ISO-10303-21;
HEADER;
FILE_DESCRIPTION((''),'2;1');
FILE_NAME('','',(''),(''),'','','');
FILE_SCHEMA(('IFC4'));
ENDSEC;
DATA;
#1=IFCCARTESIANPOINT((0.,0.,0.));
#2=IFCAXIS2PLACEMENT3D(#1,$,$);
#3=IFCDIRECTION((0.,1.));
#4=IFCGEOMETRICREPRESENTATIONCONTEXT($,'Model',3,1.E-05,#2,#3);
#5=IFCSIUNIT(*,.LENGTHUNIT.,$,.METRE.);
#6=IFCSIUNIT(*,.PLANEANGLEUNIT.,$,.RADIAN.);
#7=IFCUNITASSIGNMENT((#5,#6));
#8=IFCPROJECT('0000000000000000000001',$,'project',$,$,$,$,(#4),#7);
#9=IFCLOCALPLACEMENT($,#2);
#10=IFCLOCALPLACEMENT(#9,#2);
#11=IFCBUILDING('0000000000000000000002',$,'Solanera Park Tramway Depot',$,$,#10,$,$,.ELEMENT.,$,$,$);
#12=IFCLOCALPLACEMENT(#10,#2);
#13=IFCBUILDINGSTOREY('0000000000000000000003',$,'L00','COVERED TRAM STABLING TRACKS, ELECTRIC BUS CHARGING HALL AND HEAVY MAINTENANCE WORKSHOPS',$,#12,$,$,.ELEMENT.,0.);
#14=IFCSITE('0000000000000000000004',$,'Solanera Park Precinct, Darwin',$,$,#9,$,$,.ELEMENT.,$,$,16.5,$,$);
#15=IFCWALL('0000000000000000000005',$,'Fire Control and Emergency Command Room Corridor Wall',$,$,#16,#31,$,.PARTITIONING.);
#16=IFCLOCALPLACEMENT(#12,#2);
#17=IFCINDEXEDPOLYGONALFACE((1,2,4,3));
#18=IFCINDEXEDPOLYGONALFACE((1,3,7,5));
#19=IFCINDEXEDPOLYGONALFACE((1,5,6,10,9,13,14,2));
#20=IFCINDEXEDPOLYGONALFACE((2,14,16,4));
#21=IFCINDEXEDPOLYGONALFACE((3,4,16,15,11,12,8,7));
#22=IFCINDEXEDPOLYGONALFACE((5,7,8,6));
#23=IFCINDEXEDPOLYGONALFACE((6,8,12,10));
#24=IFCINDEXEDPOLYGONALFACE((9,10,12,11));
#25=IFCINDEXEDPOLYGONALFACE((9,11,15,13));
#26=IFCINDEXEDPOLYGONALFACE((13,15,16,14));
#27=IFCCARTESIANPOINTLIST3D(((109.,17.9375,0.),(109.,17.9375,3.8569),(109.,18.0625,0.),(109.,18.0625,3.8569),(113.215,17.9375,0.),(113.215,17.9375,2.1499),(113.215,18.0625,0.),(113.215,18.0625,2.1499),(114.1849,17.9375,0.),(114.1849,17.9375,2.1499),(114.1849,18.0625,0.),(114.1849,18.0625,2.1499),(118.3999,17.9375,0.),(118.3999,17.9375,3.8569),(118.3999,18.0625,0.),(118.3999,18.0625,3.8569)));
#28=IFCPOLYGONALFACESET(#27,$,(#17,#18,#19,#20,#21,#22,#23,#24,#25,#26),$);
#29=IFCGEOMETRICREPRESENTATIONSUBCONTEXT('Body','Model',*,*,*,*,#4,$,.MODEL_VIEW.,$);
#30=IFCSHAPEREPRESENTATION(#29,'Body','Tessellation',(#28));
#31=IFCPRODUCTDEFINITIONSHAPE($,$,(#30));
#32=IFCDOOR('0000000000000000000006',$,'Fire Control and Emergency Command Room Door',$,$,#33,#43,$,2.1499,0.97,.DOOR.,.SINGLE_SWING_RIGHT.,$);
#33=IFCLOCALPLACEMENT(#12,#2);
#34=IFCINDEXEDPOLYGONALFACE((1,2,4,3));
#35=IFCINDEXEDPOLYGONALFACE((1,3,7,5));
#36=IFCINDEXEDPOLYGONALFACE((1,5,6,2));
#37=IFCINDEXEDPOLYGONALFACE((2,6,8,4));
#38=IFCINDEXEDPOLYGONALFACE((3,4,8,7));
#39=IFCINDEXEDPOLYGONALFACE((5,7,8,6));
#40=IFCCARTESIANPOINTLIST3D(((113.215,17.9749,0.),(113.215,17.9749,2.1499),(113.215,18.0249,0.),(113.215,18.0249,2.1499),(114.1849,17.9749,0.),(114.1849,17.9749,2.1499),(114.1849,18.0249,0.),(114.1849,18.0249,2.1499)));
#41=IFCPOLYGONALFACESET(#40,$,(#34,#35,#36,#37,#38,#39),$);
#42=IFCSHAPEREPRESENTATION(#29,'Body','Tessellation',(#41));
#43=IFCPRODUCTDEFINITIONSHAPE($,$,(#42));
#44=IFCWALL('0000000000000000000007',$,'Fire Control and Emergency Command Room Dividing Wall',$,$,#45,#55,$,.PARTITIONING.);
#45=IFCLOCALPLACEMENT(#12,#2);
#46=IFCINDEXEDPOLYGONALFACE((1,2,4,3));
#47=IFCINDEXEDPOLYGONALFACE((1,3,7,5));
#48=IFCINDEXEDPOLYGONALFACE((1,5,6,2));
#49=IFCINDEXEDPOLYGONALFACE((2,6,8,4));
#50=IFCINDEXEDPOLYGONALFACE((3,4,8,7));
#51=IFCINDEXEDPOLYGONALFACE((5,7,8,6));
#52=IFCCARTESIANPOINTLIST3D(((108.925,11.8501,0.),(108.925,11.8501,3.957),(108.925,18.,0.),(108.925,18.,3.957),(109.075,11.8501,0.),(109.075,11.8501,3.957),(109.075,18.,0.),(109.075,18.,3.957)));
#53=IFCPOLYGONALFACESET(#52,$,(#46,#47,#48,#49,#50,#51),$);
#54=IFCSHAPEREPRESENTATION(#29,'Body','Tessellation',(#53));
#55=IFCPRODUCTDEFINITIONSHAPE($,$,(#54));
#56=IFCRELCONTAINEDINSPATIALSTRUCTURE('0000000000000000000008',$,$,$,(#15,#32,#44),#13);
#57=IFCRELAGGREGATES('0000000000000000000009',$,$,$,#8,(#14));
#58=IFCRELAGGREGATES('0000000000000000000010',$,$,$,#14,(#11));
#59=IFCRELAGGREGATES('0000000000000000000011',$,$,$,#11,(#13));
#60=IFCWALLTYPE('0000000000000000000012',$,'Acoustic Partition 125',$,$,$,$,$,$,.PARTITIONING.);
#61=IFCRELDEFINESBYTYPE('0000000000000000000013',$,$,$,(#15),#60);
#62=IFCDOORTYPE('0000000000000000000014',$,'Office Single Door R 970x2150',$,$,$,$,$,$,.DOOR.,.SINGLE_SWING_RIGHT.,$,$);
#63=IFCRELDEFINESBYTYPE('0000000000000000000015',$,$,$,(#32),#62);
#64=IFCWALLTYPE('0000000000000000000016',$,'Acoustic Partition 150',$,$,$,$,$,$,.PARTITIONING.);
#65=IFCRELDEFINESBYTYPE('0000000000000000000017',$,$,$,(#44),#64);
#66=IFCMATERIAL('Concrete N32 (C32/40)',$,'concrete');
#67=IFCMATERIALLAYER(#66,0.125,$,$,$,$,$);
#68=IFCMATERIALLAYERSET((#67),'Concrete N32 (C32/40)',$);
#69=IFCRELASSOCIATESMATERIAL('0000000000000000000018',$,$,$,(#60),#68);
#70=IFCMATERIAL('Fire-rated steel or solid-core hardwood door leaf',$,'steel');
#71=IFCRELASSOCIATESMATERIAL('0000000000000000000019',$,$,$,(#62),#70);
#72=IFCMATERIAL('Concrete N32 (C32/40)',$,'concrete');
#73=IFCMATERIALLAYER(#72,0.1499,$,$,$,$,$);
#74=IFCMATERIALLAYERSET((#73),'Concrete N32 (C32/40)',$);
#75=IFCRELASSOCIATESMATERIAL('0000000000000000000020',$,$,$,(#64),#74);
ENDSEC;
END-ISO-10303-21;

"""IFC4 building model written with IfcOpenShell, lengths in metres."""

from ifc_helpers import new_model, si_unit, direction, frame, frame_2d, origin, place, context, subcontext, project, spatial, rectangle, extrude, material, layer, layer_set, type_object, element, fill, save


model = new_model("IFC4")

# Units and contexts
model_context = context("Model", 3, precision=1e-05, world=origin(), true_north=direction((0.0, 1.0)))
body_context = subcontext(model_context, "Body", "Model", "MODEL_VIEW")
ifc_project = project(units=[si_unit("LENGTHUNIT", "METRE"), si_unit("PLANEANGLEUNIT", "RADIAN")], contexts=[model_context])

# Site, building, storey
site_placement = place(None, origin())
site = spatial("IfcSite", under=ifc_project, at=site_placement, Name="Solanera Park Precinct, Darwin", CompositionType="ELEMENT", RefElevation=16.5)
building_placement = place(site_placement, origin())
building = spatial("IfcBuilding", under=site, at=building_placement, Name="Solanera Park Tramway Depot", CompositionType="ELEMENT")
storey_placement = place(building_placement, origin())
storey = spatial("IfcBuildingStorey", under=building, at=storey_placement, Name="L00", Description="COVERED TRAM STABLING TRACKS, ELECTRIC BUS CHARGING HALL AND HEAVY MAINTENANCE WORKSHOPS", CompositionType="ELEMENT", Elevation=0.0)

# Wall, opening, door
ifc_material_1 = material(Name="Concrete N32 (C32/40)", Category="concrete")
ifc_layer_1 = layer(ifc_material_1, 0.125)
ifc_layer_set_1 = layer_set([ifc_layer_1], Name="Concrete N32 (C32/40)")
wall_type_1 = type_object("IfcWallType", Name="Acoustic Partition 125", PredefinedType="PARTITIONING", material=ifc_layer_set_1)
wall_1_placement = place(storey_placement, frame((109.0, 18.0, 0.0), z_axis=(0.0, 0.0, 1.0), x_axis=(1.0, 0.0, 0.0)))
wall_1 = element("IfcWall", 1, at=wall_1_placement, inside=storey, type_object=wall_type_1, Name="Fire Control and Emergency Command Room Corridor Wall", PredefinedType="PARTITIONING", context=body_context, shape_type="SweptSolid", body=[
    extrude(rectangle(XDim=9.3999, YDim=0.125, at=frame_2d((4.7, 0.0))), origin(), (0.0, 0.0, 1.0), 3.8569),
])
opening_1_placement = place(wall_1_placement, frame((4.2151, 0.0, 0.0)))
opening_1 = element("IfcOpeningElement", 2, at=opening_1_placement, cuts=wall_1, PredefinedType="OPENING", context=body_context, shape_type="SweptSolid", body=[
    extrude(rectangle(XDim=0.97, YDim=2.1499, at=frame_2d((0.4849, 1.075))), frame((0.0, 0.0725, 0.0), z_axis=(0.0, -1.0, 0.0), x_axis=(1.0, 0.0, 0.0)), (0.0, 0.0, 1.0), 0.145),
])
ifc_material_2 = material(Name="Fire-rated steel or solid-core hardwood door leaf", Category="steel")
door_type = type_object("IfcDoorType", Name="Office Single Door R 970x2150", OperationType="SINGLE_SWING_RIGHT", PredefinedType="DOOR", material=ifc_material_2)
door_placement = place(opening_1_placement, origin())
door = element("IfcDoor", 3, at=door_placement, inside=storey, type_object=door_type, Name="Fire Control and Emergency Command Room Door", OperationType="SINGLE_SWING_RIGHT", OverallHeight=2.1499, OverallWidth=0.97, PredefinedType="DOOR", context=body_context, shape_type="SweptSolid", body=[
    extrude(rectangle(XDim=0.97, YDim=2.1499, at=frame_2d((0.4849, 1.075))), frame((0.0, 0.0249, 0.0), z_axis=(0.0, -1.0, 0.0), x_axis=(1.0, 0.0, 0.0)), (0.0, 0.0, 1.0), 0.05),
])
fill(opening_1, door)

# Wall
ifc_material_3 = material(Name="Concrete N32 (C32/40)", Category="concrete")
ifc_layer_2 = layer(ifc_material_3, 0.1499)
ifc_layer_set_2 = layer_set([ifc_layer_2], Name="Concrete N32 (C32/40)")
wall_type_2 = type_object("IfcWallType", Name="Acoustic Partition 150", PredefinedType="PARTITIONING", material=ifc_layer_set_2)
wall_2_placement = place(storey_placement, frame((109.0, 18.0, 0.0), z_axis=(0.0, 0.0, 1.0), x_axis=(0.0, -1.0, 0.0)))
element("IfcWall", 4, at=wall_2_placement, inside=storey, type_object=wall_type_2, Name="Fire Control and Emergency Command Room Dividing Wall", PredefinedType="PARTITIONING", context=body_context, shape_type="SweptSolid", body=[
    extrude(rectangle(XDim=6.1499, YDim=0.1499, at=frame_2d((3.075, 0.0))), origin(), (0.0, 0.0, 1.0), 3.957),
])

save(model, "model.ifc")
